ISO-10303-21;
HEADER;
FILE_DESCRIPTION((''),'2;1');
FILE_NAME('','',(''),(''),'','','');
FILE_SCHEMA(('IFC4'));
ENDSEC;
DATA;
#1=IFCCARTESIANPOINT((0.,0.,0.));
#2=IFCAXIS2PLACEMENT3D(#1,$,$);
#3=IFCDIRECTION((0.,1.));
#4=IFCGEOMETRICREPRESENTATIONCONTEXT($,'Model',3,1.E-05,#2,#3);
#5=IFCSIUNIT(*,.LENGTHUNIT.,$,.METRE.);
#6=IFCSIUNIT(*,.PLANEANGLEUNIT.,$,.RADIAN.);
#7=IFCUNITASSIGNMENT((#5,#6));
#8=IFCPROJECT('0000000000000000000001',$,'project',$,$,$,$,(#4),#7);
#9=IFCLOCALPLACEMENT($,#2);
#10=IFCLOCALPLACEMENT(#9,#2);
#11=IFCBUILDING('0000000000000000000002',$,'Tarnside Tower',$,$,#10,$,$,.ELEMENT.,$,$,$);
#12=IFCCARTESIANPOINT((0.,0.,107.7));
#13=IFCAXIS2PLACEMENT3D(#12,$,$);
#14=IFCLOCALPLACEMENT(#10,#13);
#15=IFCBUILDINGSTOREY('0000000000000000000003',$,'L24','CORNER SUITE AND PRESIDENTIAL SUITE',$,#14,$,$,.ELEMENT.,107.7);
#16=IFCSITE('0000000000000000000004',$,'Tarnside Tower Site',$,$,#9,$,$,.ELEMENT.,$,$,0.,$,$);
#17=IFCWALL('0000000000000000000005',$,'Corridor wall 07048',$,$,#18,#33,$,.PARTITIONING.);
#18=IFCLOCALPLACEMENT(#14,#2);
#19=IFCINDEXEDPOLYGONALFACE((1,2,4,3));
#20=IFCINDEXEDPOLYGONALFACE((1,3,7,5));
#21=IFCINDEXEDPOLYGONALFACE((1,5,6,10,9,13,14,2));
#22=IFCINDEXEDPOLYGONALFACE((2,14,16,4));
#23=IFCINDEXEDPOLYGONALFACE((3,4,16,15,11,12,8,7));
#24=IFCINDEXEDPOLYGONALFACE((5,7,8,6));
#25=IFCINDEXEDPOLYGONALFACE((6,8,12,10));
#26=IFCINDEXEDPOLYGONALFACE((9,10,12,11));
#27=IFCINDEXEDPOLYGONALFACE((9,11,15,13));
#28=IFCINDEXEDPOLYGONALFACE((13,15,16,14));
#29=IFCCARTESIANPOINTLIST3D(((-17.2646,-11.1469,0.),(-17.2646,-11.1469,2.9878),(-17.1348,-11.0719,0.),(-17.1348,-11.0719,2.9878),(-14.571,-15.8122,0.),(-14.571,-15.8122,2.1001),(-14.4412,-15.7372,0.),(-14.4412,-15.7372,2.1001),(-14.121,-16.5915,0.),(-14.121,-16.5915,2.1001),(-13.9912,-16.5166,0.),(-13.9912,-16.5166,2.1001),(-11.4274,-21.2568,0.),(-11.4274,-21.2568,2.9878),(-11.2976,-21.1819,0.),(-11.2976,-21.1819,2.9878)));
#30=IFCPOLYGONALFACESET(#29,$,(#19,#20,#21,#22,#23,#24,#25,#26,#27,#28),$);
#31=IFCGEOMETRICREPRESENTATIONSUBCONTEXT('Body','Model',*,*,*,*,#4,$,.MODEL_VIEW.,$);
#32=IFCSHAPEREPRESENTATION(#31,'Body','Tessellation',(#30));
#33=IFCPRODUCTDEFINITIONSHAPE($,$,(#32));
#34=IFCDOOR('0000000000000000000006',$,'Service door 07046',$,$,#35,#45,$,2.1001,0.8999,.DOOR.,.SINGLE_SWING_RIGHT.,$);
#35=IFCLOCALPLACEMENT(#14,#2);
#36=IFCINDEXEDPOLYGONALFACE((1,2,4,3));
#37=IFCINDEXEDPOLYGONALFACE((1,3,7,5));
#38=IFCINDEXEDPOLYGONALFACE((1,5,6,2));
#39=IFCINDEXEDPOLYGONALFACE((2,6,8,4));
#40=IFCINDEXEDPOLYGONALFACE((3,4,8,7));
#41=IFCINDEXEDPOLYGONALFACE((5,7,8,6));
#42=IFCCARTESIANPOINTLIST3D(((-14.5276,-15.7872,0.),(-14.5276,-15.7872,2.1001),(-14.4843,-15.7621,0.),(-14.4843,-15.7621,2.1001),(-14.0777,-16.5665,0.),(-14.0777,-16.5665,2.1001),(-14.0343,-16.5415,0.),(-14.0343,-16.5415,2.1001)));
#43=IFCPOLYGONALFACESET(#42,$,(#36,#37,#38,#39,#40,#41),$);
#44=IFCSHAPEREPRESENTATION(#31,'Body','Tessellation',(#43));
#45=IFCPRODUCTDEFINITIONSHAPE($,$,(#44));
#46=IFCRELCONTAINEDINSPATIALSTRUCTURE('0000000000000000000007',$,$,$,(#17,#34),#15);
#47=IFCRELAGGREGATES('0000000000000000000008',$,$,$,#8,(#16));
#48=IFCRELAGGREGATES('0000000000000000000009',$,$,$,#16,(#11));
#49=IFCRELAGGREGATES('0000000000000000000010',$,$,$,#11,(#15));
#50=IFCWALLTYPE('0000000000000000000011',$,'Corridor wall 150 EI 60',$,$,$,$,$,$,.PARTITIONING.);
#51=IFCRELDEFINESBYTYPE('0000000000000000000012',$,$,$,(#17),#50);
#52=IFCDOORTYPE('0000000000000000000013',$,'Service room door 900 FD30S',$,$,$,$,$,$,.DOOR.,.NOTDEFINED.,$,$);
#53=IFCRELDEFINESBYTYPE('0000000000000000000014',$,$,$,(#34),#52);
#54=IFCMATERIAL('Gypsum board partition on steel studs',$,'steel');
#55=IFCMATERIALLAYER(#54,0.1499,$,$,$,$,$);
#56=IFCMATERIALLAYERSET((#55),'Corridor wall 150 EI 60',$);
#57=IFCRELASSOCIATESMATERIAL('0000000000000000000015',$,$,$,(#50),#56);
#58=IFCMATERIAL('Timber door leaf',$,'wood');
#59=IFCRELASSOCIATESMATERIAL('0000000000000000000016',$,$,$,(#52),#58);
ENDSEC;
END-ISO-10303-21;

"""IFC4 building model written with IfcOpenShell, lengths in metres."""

from ifc_helpers import new_model, si_unit, direction, frame, frame_2d, origin, place, context, subcontext, project, spatial, rectangle, extrude, material, layer, layer_set, type_object, element, fill, save


model = new_model("IFC4")

# Units and contexts
model_context = context("Model", 3, precision=1e-05, world=origin(), true_north=direction((0.0, 1.0)))
body_context = subcontext(model_context, "Body", "Model", "MODEL_VIEW")
ifc_project = project(units=[si_unit("LENGTHUNIT", "METRE"), si_unit("PLANEANGLEUNIT", "RADIAN")], contexts=[model_context])

# Site, building, storey
site_placement = place(None, origin())
site = spatial("IfcSite", under=ifc_project, at=site_placement, Name="Tarnside Tower Site", CompositionType="ELEMENT", RefElevation=0.0)
building_placement = place(site_placement, origin())
building = spatial("IfcBuilding", under=site, at=building_placement, Name="Tarnside Tower", CompositionType="ELEMENT")
storey_placement = place(building_placement, frame((0.0, 0.0, 107.7)))
storey = spatial("IfcBuildingStorey", under=building, at=storey_placement, Name="L24", Description="CORNER SUITE AND PRESIDENTIAL SUITE", CompositionType="ELEMENT", Elevation=107.7)

# Shared definitions
ifc_material_1 = material(Name="Gypsum board partition on steel studs", Category="steel")

# Shared definitions
ifc_material_2 = material(Name="Timber door leaf", Category="wood")

# Shared definitions
ifc_layer_1 = layer(ifc_material_1, 0.1499)
ifc_layer_set_1 = layer_set([ifc_layer_1], Name="Corridor wall 150 EI 60")
wall_type_1 = type_object("IfcWallType", Name="Corridor wall 150 EI 60", PredefinedType="PARTITIONING", material=ifc_layer_set_1)

# Wall, opening, door
wall_1_placement = place(storey_placement, frame((-11.3625, -21.2192, 0.0), z_axis=(0.0, 0.0, 1.0), x_axis=(-0.500015, 0.866017, 0.0)))
wall_1 = element("IfcWall", 1, at=wall_1_placement, inside=storey, type_object=wall_type_1, Name="Corridor wall 07048", PredefinedType="PARTITIONING", context=body_context, shape_type="SweptSolid", body=[
    extrude(rectangle(XDim=11.6741, YDim=0.1499, at=frame_2d((5.8369, 0.0))), origin(), (0.0, 0.0, 1.0), 2.9878),
])
opening_1_placement = place(wall_1_placement, frame((5.387, 0.0, 0.0)))
opening_1 = element("IfcOpeningElement", 2, at=opening_1_placement, cuts=wall_1, PredefinedType="OPENING", context=body_context, shape_type="SweptSolid", body=[
    extrude(rectangle(XDim=0.8999, YDim=2.1001, at=frame_2d((0.45, 1.05))), frame((0.0, 0.085, 0.0), z_axis=(0.0, -1.0, 0.0), x_axis=(1.0, 0.0, 0.0)), (0.0, 0.0, 1.0), 0.1699),
])
door_type_1 = type_object("IfcDoorType", Name="Service room door 900 FD30S", OperationType="NOTDEFINED", PredefinedType="DOOR", material=ifc_material_2)
door_1_placement = place(opening_1_placement, origin())
door_1 = element("IfcDoor", 3, at=door_1_placement, inside=storey, type_object=door_type_1, Name="Service door 07046", OperationType="SINGLE_SWING_RIGHT", OverallHeight=2.1001, OverallWidth=0.8999, PredefinedType="DOOR", context=body_context, shape_type="SweptSolid", body=[
    extrude(rectangle(XDim=0.8999, YDim=2.1001, at=frame_2d((0.45, 1.05))), frame((0.0, 0.0249, 0.0), z_axis=(0.0, -1.0, 0.0), x_axis=(1.0, 0.0, 0.0)), (0.0, 0.0, 1.0), 0.05),
])
fill(opening_1, door_1)

save(model, "model.ifc")
